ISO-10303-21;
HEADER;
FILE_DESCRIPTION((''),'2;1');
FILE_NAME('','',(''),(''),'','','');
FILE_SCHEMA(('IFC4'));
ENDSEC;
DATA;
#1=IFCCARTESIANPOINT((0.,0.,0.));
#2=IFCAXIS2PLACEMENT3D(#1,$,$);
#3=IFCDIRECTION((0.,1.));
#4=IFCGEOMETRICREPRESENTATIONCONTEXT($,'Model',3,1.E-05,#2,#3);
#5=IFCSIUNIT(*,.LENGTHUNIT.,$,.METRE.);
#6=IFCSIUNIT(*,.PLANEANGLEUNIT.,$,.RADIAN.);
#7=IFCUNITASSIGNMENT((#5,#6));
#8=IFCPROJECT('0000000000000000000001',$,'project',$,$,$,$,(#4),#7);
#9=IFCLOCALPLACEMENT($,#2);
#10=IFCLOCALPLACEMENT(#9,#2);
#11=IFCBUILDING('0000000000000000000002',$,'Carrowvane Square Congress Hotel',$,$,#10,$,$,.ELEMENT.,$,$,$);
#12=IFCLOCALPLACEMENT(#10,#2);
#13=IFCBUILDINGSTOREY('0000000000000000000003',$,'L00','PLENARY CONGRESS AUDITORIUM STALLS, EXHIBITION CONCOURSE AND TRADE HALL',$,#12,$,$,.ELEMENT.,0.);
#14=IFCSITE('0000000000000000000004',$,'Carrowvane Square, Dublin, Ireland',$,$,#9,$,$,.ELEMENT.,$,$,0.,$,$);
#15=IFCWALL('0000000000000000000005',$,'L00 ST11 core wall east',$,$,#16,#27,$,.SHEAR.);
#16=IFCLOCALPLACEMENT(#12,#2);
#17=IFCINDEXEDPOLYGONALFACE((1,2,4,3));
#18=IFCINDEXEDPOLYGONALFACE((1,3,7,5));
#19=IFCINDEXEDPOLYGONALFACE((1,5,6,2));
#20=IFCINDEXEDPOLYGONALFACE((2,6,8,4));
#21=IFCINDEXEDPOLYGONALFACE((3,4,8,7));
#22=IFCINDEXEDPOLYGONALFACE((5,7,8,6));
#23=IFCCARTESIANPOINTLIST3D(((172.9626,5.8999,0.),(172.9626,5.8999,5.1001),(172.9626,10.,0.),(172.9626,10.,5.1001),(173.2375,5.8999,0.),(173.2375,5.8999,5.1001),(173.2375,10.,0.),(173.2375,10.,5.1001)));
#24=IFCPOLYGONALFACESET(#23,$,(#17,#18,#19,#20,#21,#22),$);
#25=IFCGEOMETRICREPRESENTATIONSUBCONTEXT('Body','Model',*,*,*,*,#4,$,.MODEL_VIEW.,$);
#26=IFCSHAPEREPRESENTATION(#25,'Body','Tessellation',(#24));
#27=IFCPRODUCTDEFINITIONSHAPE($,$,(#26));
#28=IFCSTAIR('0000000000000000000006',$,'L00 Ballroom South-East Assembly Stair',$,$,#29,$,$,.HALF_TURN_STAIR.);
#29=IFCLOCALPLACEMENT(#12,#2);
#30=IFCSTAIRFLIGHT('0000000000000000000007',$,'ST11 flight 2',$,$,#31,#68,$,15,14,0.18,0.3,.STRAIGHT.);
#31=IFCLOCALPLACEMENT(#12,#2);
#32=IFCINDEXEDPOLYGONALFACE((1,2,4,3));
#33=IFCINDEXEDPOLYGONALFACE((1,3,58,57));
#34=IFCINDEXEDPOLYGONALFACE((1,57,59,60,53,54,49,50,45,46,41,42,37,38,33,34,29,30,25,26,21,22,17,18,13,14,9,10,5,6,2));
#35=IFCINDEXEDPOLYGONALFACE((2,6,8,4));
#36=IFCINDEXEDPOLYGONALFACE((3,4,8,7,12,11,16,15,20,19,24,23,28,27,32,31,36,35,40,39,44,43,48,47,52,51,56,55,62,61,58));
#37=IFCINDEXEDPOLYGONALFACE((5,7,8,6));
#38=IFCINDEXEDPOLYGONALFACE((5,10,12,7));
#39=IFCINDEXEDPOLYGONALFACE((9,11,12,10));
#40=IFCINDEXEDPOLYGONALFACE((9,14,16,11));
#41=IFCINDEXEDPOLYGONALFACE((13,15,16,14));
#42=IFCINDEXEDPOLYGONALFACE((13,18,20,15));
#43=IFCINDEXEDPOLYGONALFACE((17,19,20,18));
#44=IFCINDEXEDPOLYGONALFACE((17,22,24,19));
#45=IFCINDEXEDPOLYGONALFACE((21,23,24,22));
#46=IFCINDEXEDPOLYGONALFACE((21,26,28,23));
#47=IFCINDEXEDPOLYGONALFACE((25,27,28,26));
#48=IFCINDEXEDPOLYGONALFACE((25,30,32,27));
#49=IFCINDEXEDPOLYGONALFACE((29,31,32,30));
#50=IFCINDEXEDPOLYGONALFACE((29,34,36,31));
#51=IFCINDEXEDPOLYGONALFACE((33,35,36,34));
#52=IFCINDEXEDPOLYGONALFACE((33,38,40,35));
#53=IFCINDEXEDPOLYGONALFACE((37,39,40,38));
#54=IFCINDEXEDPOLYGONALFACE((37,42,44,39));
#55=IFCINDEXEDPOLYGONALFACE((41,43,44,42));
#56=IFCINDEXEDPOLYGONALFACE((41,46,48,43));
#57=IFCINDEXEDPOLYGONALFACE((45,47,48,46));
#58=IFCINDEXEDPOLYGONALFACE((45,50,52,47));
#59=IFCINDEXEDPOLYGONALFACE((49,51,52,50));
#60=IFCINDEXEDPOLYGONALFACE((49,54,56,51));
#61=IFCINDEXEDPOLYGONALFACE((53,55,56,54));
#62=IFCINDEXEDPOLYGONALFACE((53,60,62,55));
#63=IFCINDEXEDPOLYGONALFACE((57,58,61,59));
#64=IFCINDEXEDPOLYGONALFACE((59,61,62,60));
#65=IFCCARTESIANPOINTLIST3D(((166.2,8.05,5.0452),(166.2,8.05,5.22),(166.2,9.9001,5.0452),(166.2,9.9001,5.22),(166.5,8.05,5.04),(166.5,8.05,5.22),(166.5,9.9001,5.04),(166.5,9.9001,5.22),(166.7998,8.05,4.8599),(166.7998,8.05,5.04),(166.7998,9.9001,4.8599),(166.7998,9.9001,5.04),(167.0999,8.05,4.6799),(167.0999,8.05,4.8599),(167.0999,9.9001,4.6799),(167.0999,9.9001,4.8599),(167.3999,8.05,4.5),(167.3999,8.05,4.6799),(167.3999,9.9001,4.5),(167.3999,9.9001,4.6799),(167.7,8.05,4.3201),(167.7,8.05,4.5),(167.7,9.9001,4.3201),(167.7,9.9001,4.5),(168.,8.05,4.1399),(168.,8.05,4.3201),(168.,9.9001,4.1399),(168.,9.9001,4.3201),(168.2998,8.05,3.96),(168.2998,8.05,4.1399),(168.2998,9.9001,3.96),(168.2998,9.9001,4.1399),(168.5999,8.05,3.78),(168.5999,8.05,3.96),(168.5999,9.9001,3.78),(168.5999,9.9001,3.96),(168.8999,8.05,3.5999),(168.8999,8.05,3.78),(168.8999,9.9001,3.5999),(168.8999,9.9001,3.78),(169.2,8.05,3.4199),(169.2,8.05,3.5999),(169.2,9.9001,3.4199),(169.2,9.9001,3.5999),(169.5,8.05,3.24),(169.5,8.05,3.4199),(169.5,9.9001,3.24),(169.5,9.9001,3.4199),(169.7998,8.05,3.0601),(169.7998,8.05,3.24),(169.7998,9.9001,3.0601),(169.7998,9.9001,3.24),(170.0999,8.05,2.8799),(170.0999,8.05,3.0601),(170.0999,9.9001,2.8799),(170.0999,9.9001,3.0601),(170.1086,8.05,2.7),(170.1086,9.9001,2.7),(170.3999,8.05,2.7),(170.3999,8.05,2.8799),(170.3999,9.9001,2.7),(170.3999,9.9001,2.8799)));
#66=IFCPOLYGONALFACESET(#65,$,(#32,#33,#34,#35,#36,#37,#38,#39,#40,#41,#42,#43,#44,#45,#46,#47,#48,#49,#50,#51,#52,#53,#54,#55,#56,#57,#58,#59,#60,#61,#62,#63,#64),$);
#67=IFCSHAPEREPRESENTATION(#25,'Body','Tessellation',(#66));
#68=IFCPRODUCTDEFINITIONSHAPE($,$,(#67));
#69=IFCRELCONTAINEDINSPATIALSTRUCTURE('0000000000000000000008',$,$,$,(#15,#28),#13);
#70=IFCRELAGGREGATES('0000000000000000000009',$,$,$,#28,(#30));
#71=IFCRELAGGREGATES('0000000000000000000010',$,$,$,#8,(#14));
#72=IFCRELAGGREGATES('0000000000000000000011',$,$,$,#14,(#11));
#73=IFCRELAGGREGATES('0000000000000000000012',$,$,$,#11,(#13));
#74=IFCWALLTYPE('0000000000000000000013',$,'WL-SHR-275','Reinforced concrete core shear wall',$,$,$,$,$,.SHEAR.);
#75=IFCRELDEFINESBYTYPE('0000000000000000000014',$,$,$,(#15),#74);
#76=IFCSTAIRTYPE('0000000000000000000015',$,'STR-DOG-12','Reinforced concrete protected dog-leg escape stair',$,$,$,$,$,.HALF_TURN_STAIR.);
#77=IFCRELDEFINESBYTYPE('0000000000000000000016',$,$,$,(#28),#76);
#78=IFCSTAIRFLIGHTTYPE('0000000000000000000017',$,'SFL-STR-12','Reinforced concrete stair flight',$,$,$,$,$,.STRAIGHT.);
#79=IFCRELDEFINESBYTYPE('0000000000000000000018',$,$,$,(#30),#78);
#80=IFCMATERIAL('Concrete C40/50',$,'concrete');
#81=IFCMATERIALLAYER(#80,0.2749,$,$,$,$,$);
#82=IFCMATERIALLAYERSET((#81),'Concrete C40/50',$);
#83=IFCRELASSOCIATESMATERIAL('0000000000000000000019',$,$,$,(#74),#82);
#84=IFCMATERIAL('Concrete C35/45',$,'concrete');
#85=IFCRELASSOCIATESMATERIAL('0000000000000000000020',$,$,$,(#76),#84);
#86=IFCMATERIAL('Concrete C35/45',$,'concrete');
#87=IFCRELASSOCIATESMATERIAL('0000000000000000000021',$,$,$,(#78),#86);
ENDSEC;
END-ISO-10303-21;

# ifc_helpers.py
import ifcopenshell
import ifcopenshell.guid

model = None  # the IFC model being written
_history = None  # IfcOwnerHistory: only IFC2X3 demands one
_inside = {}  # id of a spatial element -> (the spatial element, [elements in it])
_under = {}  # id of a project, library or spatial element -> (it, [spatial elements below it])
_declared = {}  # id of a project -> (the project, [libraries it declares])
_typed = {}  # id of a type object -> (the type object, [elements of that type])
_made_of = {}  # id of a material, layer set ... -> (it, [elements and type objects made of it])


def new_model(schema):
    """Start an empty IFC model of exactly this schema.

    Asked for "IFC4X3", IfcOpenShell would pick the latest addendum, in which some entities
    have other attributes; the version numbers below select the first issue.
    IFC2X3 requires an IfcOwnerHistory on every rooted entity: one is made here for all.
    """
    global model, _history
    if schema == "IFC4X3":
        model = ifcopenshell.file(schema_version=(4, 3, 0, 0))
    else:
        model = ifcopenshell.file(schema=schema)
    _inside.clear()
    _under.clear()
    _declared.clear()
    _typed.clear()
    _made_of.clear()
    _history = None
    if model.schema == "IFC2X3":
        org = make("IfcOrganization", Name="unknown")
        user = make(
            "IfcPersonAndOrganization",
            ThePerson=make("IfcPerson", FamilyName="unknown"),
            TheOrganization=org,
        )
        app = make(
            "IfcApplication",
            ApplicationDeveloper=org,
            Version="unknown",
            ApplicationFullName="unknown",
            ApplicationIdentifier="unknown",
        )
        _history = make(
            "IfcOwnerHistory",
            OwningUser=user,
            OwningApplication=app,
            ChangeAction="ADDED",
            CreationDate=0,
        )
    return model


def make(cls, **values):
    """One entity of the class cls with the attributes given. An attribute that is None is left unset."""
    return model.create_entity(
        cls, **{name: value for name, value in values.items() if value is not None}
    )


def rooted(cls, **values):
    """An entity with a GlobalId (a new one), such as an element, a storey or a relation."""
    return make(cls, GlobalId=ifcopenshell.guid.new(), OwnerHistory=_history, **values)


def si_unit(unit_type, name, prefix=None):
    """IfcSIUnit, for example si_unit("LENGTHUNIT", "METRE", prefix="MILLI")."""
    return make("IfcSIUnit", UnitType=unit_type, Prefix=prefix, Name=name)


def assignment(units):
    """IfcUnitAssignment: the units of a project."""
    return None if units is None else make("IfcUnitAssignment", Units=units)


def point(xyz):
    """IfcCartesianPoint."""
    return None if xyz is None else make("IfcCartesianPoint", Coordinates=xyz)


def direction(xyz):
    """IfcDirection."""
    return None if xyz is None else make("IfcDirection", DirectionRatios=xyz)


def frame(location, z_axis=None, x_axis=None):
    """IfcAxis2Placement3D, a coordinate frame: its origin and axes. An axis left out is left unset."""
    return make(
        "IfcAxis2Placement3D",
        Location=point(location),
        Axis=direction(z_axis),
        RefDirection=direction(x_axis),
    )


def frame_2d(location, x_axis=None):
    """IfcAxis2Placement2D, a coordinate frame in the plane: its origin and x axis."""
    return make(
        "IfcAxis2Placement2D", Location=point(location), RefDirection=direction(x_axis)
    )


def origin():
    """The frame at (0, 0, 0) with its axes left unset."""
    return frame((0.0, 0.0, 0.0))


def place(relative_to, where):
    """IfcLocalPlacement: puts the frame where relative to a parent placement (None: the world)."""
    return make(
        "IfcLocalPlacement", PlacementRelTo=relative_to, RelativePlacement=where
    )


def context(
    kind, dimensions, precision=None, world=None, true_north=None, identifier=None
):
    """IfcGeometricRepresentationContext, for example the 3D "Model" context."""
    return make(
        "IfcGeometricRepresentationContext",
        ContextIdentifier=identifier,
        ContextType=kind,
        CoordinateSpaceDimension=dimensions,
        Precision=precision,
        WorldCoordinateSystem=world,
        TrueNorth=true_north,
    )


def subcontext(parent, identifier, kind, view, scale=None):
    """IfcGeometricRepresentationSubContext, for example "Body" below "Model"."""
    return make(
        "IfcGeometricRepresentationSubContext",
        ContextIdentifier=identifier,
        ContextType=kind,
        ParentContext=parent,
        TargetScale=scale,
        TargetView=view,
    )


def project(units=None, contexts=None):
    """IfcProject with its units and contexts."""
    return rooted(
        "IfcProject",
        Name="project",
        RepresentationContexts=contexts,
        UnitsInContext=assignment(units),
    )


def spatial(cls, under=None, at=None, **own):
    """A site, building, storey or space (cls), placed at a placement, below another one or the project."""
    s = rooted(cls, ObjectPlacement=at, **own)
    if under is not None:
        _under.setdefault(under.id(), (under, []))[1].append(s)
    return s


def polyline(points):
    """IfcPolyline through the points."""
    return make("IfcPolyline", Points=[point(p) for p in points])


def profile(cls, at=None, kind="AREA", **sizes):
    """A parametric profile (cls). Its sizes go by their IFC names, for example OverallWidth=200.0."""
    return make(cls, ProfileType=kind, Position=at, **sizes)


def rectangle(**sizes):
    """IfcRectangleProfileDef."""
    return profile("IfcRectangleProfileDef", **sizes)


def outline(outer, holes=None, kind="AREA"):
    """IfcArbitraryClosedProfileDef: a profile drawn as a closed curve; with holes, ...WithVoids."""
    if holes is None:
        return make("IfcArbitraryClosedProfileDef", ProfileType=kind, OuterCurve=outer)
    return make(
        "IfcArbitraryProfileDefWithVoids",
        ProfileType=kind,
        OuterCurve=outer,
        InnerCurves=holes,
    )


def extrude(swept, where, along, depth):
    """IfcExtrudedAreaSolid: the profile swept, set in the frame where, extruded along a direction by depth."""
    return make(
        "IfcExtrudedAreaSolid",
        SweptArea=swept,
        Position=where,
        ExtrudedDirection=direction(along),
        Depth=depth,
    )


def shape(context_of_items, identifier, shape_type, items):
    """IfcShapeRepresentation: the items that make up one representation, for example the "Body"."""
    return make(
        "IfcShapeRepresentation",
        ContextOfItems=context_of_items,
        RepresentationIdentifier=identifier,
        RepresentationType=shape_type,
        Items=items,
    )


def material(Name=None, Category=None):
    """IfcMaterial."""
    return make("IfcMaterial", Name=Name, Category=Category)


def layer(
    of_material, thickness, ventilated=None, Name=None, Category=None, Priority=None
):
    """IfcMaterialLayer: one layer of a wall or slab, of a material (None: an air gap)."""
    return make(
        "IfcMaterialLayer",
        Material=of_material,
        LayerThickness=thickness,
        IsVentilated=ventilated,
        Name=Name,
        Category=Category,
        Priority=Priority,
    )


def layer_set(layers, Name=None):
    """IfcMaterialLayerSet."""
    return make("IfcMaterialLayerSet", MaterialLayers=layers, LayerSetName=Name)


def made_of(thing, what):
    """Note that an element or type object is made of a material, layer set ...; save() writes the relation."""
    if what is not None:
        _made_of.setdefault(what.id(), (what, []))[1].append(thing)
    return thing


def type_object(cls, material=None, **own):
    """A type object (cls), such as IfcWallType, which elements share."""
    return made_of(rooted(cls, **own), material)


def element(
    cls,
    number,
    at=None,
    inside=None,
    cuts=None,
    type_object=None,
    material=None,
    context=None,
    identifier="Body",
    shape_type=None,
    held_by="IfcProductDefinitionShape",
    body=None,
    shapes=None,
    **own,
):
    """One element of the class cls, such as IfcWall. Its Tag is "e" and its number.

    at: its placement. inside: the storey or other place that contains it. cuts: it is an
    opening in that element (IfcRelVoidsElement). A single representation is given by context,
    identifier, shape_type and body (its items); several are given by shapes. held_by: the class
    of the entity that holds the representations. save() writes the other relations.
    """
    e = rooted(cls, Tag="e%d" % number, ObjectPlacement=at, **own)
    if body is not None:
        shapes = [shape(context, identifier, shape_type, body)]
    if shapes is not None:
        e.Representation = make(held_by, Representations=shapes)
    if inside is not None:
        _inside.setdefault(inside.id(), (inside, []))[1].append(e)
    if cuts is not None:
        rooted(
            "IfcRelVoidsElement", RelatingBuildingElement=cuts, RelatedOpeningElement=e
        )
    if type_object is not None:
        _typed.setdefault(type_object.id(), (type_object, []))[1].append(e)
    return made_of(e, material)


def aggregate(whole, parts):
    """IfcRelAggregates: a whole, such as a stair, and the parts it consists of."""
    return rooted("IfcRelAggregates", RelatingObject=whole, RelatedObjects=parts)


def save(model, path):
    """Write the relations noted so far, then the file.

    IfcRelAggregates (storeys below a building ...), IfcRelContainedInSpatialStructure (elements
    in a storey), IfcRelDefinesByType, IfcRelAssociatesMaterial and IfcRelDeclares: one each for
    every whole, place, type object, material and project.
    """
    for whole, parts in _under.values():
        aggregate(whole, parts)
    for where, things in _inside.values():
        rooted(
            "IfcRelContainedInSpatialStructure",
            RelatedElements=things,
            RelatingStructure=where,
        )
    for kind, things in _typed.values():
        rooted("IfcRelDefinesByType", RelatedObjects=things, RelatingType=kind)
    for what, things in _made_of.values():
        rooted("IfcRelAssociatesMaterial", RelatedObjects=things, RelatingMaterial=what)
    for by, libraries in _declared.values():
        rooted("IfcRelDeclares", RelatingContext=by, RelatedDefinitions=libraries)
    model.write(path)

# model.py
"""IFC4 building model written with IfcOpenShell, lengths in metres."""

from ifc_helpers import new_model, si_unit, direction, frame, frame_2d, origin, place, context, subcontext, project, spatial, polyline, rectangle, outline, extrude, material, layer, layer_set, type_object, element, aggregate, save


model = new_model("IFC4")

# Units and contexts
model_context = context("Model", 3, precision=1e-05, world=origin(), true_north=direction((0.0, 1.0)))
body_context = subcontext(model_context, "Body", "Model", "MODEL_VIEW")
ifc_project = project(units=[si_unit("LENGTHUNIT", "METRE"), si_unit("PLANEANGLEUNIT", "RADIAN")], contexts=[model_context])

# Site, building, storey
site_placement = place(None, origin())
site = spatial("IfcSite", under=ifc_project, at=site_placement, Name="Carrowvane Square, Dublin, Ireland", CompositionType="ELEMENT", RefElevation=0.0)
building_placement = place(site_placement, origin())
building = spatial("IfcBuilding", under=site, at=building_placement, Name="Carrowvane Square Congress Hotel", CompositionType="ELEMENT")
storey_placement = place(building_placement, origin())
storey = spatial("IfcBuildingStorey", under=building, at=storey_placement, Name="L00", Description="PLENARY CONGRESS AUDITORIUM STALLS, EXHIBITION CONCOURSE AND TRADE HALL", CompositionType="ELEMENT", Elevation=0.0)

# Wall
ifc_material_1 = material(Name="Concrete C40/50", Category="concrete")
ifc_layer_1 = layer(ifc_material_1, 0.2749)
ifc_layer_set_1 = layer_set([ifc_layer_1], Name="Concrete C40/50")
wall_type_1 = type_object("IfcWallType", Name="WL-SHR-275", Description="Reinforced concrete core shear wall", PredefinedType="SHEAR", material=ifc_layer_set_1)
wall_1_placement = place(storey_placement, frame((173.1001, 5.8999, 0.0), z_axis=(0.0, 0.0, 1.0), x_axis=(0.0, 1.0, 0.0)))
element("IfcWall", 1, at=wall_1_placement, inside=storey, type_object=wall_type_1, Name="L00 ST11 core wall east", PredefinedType="SHEAR", context=body_context, shape_type="SweptSolid", body=[
    extrude(rectangle(XDim=4.1001, YDim=0.2749, at=frame_2d((2.05, 0.0))), origin(), (0.0, 0.0, 1.0), 5.1001),
])

# Stair, stair flight
ifc_material_2 = material(Name="Concrete C35/45", Category="concrete")
stair_type = type_object("IfcStairType", Name="STR-DOG-12", Description="Reinforced concrete protected dog-leg escape stair", PredefinedType="HALF_TURN_STAIR", material=ifc_material_2)
stair_placement = place(storey_placement, origin())
stair = element("IfcStair", 2, at=stair_placement, inside=storey, type_object=stair_type, Name="L00 Ballroom South-East Assembly Stair", PredefinedType="HALF_TURN_STAIR")
ifc_material_3 = material(Name="Concrete C35/45", Category="concrete")
stair_flight_type = type_object("IfcStairFlightType", Name="SFL-STR-12", Description="Reinforced concrete stair flight", PredefinedType="STRAIGHT", material=ifc_material_3)
stair_flight_placement = place(storey_placement, frame((170.3999, 8.9751, 2.7), z_axis=(0.0, 0.0, 1.0), x_axis=(-1.0, 0.0, 0.0)))
stair_flight = element("IfcStairFlight", 3, at=stair_flight_placement, type_object=stair_flight_type, Name="ST11 flight 2", NumberOfRisers=15, NumberOfTreads=14, PredefinedType="STRAIGHT", RiserHeight=0.18, TreadLength=0.3, context=body_context, shape_type="SweptSolid", body=[
    extrude(outline(polyline([(0.0, 0.0), (0.0, 0.1799), (0.3, 0.1799), (0.3, 0.3601), (0.6001, 0.3601), (0.6001, 0.54), (0.8999, 0.54), (0.8999, 0.72), (1.2, 0.72), (1.2, 0.8999), (1.5, 0.8999), (1.5, 1.0801), (1.8, 1.0801), (1.8, 1.26), (2.1001, 1.26), (2.1001, 1.4399), (2.3999, 1.4399), (2.3999, 1.6201), (2.7, 1.6201), (2.7, 1.8), (3.0, 1.8), (3.0, 1.98), (3.3, 1.98), (3.3, 2.1599), (3.6001, 2.1599), (3.6001, 2.3401), (3.8999, 2.3401), (3.8999, 2.52), (4.2, 2.52), (4.2, 2.7), (4.2, 2.3452), (0.2913, 0.0), (0.0, 0.0)])), frame((0.0, 0.925, 0.0), z_axis=(0.0, -1.0, 0.0), x_axis=(1.0, 0.0, 0.0)), (0.0, 0.0, 1.0), 1.8501),
])
aggregate(stair, [stair_flight])

save(model, "model.ifc")
